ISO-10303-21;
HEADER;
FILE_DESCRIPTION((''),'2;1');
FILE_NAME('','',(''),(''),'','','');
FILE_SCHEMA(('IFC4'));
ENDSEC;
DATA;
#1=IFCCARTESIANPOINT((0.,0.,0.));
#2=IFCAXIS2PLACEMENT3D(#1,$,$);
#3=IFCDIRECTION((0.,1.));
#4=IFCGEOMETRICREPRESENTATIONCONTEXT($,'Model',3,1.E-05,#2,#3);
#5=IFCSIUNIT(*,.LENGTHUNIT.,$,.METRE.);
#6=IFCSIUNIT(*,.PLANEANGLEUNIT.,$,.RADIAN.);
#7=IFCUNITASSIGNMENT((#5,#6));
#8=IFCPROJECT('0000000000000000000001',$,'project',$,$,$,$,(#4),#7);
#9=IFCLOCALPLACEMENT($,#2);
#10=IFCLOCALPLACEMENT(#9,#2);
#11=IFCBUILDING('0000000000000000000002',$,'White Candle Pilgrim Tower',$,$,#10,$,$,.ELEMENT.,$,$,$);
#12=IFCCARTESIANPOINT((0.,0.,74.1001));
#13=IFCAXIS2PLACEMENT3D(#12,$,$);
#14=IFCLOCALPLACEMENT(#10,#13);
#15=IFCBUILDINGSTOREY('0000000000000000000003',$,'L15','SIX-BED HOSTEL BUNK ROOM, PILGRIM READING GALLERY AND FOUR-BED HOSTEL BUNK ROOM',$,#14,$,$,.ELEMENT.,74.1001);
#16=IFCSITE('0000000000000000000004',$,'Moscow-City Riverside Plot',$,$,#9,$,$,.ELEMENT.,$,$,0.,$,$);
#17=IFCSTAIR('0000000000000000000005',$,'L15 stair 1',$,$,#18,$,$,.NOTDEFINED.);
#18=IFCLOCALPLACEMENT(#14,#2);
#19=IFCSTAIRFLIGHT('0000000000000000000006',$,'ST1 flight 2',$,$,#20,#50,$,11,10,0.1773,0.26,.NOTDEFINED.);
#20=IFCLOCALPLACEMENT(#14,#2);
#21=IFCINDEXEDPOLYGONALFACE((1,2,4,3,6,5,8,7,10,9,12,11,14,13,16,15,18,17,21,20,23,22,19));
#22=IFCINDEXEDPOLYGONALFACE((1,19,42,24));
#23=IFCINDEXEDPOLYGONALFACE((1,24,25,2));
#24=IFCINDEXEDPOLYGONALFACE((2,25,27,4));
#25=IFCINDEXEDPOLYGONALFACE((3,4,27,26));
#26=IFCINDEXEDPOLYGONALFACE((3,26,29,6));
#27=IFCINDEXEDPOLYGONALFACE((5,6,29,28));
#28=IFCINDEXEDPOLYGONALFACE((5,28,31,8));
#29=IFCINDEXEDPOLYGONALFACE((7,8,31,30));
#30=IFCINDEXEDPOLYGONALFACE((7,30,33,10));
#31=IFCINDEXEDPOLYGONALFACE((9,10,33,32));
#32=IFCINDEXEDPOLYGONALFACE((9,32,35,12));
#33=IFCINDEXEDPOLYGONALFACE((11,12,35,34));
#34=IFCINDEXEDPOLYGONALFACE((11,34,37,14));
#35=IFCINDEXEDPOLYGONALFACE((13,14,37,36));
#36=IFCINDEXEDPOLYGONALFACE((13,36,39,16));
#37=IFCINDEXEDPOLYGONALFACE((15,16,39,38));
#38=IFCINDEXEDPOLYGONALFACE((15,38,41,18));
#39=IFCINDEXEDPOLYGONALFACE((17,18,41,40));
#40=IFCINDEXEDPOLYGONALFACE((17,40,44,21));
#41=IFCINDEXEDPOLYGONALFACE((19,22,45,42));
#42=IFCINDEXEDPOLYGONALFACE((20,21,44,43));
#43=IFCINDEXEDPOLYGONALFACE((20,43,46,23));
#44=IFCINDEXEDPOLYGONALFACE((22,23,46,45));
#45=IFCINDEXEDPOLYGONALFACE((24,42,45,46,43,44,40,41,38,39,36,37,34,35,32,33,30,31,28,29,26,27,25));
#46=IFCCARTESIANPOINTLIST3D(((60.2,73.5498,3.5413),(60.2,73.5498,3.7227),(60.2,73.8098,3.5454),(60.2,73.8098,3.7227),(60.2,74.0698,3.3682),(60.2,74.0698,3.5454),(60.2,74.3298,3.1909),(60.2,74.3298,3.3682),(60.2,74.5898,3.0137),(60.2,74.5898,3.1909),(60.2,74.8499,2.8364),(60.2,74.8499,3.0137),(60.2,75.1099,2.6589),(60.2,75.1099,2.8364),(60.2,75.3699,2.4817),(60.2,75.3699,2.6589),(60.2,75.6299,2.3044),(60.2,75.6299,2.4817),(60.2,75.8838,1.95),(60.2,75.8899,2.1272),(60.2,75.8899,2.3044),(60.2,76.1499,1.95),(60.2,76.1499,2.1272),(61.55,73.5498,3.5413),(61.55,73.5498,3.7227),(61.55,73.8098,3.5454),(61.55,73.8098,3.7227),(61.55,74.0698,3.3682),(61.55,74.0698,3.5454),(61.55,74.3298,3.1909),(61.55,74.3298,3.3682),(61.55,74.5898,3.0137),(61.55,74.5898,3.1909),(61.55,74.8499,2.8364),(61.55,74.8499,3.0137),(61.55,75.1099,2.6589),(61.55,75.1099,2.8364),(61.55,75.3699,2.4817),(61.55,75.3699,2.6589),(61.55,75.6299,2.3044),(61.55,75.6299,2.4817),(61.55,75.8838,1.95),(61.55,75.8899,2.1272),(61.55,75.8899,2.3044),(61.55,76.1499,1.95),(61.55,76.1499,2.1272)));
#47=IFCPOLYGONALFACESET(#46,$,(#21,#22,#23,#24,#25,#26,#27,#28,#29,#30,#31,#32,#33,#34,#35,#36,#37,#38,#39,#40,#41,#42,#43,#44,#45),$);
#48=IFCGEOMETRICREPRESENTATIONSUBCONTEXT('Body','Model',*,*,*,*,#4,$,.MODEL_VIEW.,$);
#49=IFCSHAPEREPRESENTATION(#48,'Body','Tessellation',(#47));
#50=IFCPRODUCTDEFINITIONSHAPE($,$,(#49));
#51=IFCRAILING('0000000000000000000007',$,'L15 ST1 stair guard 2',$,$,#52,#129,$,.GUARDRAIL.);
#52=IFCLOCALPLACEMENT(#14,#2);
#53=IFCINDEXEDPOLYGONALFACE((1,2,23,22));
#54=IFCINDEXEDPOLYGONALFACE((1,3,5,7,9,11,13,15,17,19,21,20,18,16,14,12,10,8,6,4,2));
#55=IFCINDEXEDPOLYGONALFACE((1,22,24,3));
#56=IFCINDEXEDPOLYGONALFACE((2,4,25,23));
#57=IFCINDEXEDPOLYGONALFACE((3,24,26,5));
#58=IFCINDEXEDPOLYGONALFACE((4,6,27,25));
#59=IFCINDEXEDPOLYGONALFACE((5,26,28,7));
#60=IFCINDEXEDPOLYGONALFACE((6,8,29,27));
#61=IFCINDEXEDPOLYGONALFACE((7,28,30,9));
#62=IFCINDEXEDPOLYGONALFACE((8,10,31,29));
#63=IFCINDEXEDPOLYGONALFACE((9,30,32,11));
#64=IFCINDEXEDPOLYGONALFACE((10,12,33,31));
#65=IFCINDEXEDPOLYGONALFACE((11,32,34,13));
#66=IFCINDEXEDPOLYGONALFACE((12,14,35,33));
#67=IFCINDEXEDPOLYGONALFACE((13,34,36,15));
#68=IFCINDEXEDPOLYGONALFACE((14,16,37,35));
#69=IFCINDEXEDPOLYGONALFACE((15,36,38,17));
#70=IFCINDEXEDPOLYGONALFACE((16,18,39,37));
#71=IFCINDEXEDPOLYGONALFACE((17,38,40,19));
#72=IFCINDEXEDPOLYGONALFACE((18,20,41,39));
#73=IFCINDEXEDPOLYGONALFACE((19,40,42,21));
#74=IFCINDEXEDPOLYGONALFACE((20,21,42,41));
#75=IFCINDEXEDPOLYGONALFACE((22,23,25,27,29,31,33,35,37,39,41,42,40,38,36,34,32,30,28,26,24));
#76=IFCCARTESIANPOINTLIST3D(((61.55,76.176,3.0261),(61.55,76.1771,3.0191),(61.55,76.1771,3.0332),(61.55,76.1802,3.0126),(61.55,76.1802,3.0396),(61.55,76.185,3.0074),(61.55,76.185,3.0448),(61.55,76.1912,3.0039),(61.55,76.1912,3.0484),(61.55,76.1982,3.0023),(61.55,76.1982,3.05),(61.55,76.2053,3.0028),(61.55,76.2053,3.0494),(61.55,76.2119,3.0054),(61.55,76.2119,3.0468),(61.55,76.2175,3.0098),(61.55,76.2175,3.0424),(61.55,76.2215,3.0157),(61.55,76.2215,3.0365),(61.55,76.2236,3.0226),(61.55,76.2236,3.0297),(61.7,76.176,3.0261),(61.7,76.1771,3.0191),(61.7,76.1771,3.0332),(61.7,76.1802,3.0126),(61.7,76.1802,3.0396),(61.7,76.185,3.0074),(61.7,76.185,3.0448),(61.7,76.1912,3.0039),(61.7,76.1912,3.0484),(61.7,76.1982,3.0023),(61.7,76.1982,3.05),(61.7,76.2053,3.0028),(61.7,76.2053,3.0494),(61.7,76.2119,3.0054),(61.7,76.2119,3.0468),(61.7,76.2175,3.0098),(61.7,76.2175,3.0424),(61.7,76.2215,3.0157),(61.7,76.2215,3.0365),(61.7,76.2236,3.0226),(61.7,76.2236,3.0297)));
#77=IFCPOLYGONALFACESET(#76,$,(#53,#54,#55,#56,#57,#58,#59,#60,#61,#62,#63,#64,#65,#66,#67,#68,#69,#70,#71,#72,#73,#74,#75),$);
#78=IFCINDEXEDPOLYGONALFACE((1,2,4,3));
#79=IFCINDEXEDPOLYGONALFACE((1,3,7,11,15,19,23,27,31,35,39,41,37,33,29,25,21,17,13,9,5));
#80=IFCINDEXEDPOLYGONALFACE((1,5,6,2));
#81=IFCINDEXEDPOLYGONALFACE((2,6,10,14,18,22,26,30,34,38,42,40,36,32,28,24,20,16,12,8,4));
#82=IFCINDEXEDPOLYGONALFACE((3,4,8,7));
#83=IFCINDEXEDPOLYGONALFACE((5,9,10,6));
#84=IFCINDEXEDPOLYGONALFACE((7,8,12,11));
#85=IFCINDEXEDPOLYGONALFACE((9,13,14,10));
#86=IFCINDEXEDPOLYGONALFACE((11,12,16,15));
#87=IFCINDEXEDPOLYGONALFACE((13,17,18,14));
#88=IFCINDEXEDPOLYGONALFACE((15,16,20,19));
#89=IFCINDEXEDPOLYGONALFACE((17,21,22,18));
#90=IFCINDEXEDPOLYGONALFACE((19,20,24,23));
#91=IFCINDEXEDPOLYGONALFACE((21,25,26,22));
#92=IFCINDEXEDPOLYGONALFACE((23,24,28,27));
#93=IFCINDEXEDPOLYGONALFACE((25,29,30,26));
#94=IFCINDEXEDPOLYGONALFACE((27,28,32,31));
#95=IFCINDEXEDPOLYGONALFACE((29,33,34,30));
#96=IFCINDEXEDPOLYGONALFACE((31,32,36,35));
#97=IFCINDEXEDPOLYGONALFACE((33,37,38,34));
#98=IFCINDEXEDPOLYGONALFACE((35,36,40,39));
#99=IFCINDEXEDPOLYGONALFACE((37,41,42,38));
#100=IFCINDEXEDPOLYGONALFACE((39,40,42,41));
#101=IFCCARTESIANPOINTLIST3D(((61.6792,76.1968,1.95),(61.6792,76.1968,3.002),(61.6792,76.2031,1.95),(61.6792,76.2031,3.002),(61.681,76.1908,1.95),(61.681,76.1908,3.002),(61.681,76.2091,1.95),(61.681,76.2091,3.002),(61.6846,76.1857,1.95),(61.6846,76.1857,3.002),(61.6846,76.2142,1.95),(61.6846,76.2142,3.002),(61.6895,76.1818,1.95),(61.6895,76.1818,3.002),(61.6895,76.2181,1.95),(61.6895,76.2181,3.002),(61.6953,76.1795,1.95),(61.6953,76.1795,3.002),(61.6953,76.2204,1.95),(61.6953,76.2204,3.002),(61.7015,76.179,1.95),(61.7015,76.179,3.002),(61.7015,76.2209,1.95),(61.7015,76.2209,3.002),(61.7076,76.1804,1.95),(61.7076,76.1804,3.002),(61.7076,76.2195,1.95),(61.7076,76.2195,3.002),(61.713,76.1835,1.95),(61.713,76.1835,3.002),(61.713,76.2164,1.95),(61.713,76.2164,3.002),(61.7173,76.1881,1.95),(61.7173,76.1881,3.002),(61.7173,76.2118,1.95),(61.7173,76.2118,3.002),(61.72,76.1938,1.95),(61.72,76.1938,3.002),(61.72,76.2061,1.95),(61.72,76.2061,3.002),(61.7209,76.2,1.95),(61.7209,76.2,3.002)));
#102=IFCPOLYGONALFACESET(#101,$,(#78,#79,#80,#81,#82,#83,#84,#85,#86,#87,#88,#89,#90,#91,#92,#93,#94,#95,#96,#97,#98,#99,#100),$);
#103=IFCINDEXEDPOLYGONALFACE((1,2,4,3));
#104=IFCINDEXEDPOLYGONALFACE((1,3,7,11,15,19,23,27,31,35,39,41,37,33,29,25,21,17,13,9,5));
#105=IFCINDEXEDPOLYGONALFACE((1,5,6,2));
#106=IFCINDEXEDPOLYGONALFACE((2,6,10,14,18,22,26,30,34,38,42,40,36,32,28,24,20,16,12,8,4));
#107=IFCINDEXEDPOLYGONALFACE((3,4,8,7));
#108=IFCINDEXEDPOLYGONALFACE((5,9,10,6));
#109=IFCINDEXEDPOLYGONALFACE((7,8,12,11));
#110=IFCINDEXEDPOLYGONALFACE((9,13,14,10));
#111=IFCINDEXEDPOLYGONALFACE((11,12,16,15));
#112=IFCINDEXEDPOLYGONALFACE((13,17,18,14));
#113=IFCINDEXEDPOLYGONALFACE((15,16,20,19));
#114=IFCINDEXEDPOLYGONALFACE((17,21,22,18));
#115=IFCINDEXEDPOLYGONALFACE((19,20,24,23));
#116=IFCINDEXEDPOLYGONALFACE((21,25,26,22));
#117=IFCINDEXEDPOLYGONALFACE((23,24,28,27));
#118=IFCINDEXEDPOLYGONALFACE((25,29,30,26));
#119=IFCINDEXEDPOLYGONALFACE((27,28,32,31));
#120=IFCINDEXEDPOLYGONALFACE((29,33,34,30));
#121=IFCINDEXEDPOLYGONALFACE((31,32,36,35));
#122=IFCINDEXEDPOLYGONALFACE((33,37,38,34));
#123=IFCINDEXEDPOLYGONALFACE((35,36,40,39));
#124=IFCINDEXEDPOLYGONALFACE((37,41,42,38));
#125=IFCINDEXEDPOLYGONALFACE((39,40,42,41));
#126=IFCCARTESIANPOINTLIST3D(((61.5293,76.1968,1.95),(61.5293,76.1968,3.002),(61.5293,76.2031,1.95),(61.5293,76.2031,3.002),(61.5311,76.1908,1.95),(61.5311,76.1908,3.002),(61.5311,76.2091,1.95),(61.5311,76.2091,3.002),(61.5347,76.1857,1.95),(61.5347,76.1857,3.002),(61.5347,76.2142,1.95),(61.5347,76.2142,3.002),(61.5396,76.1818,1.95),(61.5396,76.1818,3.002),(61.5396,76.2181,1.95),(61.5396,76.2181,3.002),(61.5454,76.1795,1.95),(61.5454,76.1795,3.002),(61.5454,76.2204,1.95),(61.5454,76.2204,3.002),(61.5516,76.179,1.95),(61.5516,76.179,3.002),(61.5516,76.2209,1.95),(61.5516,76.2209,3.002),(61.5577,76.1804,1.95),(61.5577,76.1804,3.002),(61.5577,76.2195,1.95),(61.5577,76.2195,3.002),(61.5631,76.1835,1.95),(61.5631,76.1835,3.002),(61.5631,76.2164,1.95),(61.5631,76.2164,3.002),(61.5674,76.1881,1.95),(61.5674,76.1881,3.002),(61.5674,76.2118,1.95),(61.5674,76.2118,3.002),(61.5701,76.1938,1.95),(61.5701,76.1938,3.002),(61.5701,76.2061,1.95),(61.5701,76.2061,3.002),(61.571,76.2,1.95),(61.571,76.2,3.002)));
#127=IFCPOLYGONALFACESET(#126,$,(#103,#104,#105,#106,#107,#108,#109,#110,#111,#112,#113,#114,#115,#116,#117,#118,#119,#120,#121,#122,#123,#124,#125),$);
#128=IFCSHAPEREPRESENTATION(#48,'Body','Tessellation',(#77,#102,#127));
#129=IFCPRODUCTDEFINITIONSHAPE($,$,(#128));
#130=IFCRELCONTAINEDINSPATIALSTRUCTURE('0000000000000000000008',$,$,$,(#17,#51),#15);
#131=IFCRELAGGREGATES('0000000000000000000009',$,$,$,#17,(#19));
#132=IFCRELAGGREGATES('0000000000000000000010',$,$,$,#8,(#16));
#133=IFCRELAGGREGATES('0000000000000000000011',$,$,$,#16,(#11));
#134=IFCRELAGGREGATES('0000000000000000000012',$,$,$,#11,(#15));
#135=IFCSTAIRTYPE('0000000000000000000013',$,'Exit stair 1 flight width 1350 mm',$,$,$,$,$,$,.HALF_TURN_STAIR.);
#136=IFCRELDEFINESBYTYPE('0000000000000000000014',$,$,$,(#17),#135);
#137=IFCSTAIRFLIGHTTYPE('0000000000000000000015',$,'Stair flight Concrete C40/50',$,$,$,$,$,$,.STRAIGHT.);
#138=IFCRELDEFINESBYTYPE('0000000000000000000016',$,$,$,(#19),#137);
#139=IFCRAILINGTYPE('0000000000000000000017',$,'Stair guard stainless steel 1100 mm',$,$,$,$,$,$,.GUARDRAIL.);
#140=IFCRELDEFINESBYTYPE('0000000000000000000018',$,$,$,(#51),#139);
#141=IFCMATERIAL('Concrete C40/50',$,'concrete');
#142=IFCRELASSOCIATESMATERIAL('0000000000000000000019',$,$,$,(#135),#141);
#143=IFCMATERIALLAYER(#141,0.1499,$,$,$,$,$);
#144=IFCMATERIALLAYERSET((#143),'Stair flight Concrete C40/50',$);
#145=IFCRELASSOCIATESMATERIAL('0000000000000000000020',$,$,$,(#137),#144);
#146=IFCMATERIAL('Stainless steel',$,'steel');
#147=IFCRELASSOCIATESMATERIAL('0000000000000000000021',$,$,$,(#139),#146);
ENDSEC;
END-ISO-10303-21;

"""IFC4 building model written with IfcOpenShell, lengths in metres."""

from ifc_helpers import new_model, si_unit, direction, frame, origin, origin_2d, place, context, subcontext, project, spatial, polyline, circle, outline, extrude, material, layer, layer_set, type_object, element, aggregate, save


model = new_model("IFC4")

# Units and contexts
model_context = context("Model", 3, precision=1e-05, world=origin(), true_north=direction((0.0, 1.0)))
body_context = subcontext(model_context, "Body", "Model", "MODEL_VIEW")
ifc_project = project(units=[si_unit("LENGTHUNIT", "METRE"), si_unit("PLANEANGLEUNIT", "RADIAN")], contexts=[model_context])

# Site, building, storey
site_placement = place(None, origin())
site = spatial("IfcSite", under=ifc_project, at=site_placement, Name="Moscow-City Riverside Plot", CompositionType="ELEMENT", RefElevation=0.0)
building_placement = place(site_placement, origin())
building = spatial("IfcBuilding", under=site, at=building_placement, Name="White Candle Pilgrim Tower", CompositionType="ELEMENT")
storey_placement = place(building_placement, frame((0.0, 0.0, 74.1001)))
storey = spatial("IfcBuildingStorey", under=building, at=storey_placement, Name="L15", Description="SIX-BED HOSTEL BUNK ROOM, PILGRIM READING GALLERY AND FOUR-BED HOSTEL BUNK ROOM", CompositionType="ELEMENT", Elevation=74.1001)

# Stair, stair flight
ifc_material_1 = material(Name="Concrete C40/50", Category="concrete")
stair_type = type_object("IfcStairType", Name="Exit stair 1 flight width 1350 mm", PredefinedType="HALF_TURN_STAIR", material=ifc_material_1)
stair_placement = place(storey_placement, origin())
stair = element("IfcStair", 1, at=stair_placement, inside=storey, type_object=stair_type, Name="L15 stair 1", PredefinedType="NOTDEFINED")
ifc_layer_1 = layer(ifc_material_1, 0.1499)
ifc_layer_set_1 = layer_set([ifc_layer_1], Name="Stair flight Concrete C40/50")
stair_flight_type = type_object("IfcStairFlightType", Name="Stair flight Concrete C40/50", PredefinedType="STRAIGHT", material=ifc_layer_set_1)
stair_flight_placement = place(storey_placement, frame((60.875, 76.1499, 1.95), z_axis=(0.0, 0.0, 1.0), x_axis=(0.0, -1.0, 0.0)))
stair_flight = element("IfcStairFlight", 2, at=stair_flight_placement, type_object=stair_flight_type, Name="ST1 flight 2", NumberOfRisers=11, NumberOfTreads=10, PredefinedType="NOTDEFINED", RiserHeight=0.1773, TreadLength=0.26, context=body_context, shape_type="SweptSolid", body=[
    extrude(outline(polyline([(0.0, 0.0), (0.0, 0.1772), (0.26, 0.1772), (0.26, 0.3545), (0.52, 0.3545), (0.52, 0.5317), (0.78, 0.5317), (0.78, 0.709), (1.04, 0.709), (1.04, 0.8865), (1.3, 0.8865), (1.3, 1.0637), (1.5601, 1.0637), (1.5601, 1.241), (1.8201, 1.241), (1.8201, 1.4182), (2.0801, 1.4182), (2.0801, 1.5955), (2.3401, 1.5955), (2.3401, 1.7727), (2.6001, 1.7727), (2.6001, 1.95), (2.6001, 1.5913), (0.2661, 0.0), (0.0, 0.0)])), frame((0.0, 0.675, 0.0), z_axis=(0.0, -1.0, 0.0), x_axis=(1.0, 0.0, 0.0)), (0.0, 0.0, 1.0), 1.3501),
])
aggregate(stair, [stair_flight])

# Railing
ifc_material_2 = material(Name="Stainless steel", Category="steel")
railing_type_1 = type_object("IfcRailingType", Name="Stair guard stainless steel 1100 mm", PredefinedType="GUARDRAIL", material=ifc_material_2)
railing_1_placement = place(storey_placement, frame((61.7, 76.2, 1.95)))
element("IfcRailing", 3, at=railing_1_placement, inside=storey, type_object=railing_type_1, Name="L15 ST1 stair guard 2", PredefinedType="GUARDRAIL", context=body_context, shape_type="SweptSolid", body=[
    extrude(circle(Radius=0.0239, at=origin_2d()), frame((0.0, 0.0, 1.0762), z_axis=(-1.0, 0.0, 0.0), x_axis=(0.0, -1.0, 0.0)), (0.0, 0.0, 1.0), 0.1499),
    extrude(circle(Radius=0.021, at=origin_2d()), origin(), (0.0, 0.0, 1.0), 1.052),
    extrude(circle(Radius=0.021, at=origin_2d()), frame((-0.1499, 0.0, 0.0)), (0.0, 0.0, 1.0), 1.052),
])

save(model, "model.ifc")
